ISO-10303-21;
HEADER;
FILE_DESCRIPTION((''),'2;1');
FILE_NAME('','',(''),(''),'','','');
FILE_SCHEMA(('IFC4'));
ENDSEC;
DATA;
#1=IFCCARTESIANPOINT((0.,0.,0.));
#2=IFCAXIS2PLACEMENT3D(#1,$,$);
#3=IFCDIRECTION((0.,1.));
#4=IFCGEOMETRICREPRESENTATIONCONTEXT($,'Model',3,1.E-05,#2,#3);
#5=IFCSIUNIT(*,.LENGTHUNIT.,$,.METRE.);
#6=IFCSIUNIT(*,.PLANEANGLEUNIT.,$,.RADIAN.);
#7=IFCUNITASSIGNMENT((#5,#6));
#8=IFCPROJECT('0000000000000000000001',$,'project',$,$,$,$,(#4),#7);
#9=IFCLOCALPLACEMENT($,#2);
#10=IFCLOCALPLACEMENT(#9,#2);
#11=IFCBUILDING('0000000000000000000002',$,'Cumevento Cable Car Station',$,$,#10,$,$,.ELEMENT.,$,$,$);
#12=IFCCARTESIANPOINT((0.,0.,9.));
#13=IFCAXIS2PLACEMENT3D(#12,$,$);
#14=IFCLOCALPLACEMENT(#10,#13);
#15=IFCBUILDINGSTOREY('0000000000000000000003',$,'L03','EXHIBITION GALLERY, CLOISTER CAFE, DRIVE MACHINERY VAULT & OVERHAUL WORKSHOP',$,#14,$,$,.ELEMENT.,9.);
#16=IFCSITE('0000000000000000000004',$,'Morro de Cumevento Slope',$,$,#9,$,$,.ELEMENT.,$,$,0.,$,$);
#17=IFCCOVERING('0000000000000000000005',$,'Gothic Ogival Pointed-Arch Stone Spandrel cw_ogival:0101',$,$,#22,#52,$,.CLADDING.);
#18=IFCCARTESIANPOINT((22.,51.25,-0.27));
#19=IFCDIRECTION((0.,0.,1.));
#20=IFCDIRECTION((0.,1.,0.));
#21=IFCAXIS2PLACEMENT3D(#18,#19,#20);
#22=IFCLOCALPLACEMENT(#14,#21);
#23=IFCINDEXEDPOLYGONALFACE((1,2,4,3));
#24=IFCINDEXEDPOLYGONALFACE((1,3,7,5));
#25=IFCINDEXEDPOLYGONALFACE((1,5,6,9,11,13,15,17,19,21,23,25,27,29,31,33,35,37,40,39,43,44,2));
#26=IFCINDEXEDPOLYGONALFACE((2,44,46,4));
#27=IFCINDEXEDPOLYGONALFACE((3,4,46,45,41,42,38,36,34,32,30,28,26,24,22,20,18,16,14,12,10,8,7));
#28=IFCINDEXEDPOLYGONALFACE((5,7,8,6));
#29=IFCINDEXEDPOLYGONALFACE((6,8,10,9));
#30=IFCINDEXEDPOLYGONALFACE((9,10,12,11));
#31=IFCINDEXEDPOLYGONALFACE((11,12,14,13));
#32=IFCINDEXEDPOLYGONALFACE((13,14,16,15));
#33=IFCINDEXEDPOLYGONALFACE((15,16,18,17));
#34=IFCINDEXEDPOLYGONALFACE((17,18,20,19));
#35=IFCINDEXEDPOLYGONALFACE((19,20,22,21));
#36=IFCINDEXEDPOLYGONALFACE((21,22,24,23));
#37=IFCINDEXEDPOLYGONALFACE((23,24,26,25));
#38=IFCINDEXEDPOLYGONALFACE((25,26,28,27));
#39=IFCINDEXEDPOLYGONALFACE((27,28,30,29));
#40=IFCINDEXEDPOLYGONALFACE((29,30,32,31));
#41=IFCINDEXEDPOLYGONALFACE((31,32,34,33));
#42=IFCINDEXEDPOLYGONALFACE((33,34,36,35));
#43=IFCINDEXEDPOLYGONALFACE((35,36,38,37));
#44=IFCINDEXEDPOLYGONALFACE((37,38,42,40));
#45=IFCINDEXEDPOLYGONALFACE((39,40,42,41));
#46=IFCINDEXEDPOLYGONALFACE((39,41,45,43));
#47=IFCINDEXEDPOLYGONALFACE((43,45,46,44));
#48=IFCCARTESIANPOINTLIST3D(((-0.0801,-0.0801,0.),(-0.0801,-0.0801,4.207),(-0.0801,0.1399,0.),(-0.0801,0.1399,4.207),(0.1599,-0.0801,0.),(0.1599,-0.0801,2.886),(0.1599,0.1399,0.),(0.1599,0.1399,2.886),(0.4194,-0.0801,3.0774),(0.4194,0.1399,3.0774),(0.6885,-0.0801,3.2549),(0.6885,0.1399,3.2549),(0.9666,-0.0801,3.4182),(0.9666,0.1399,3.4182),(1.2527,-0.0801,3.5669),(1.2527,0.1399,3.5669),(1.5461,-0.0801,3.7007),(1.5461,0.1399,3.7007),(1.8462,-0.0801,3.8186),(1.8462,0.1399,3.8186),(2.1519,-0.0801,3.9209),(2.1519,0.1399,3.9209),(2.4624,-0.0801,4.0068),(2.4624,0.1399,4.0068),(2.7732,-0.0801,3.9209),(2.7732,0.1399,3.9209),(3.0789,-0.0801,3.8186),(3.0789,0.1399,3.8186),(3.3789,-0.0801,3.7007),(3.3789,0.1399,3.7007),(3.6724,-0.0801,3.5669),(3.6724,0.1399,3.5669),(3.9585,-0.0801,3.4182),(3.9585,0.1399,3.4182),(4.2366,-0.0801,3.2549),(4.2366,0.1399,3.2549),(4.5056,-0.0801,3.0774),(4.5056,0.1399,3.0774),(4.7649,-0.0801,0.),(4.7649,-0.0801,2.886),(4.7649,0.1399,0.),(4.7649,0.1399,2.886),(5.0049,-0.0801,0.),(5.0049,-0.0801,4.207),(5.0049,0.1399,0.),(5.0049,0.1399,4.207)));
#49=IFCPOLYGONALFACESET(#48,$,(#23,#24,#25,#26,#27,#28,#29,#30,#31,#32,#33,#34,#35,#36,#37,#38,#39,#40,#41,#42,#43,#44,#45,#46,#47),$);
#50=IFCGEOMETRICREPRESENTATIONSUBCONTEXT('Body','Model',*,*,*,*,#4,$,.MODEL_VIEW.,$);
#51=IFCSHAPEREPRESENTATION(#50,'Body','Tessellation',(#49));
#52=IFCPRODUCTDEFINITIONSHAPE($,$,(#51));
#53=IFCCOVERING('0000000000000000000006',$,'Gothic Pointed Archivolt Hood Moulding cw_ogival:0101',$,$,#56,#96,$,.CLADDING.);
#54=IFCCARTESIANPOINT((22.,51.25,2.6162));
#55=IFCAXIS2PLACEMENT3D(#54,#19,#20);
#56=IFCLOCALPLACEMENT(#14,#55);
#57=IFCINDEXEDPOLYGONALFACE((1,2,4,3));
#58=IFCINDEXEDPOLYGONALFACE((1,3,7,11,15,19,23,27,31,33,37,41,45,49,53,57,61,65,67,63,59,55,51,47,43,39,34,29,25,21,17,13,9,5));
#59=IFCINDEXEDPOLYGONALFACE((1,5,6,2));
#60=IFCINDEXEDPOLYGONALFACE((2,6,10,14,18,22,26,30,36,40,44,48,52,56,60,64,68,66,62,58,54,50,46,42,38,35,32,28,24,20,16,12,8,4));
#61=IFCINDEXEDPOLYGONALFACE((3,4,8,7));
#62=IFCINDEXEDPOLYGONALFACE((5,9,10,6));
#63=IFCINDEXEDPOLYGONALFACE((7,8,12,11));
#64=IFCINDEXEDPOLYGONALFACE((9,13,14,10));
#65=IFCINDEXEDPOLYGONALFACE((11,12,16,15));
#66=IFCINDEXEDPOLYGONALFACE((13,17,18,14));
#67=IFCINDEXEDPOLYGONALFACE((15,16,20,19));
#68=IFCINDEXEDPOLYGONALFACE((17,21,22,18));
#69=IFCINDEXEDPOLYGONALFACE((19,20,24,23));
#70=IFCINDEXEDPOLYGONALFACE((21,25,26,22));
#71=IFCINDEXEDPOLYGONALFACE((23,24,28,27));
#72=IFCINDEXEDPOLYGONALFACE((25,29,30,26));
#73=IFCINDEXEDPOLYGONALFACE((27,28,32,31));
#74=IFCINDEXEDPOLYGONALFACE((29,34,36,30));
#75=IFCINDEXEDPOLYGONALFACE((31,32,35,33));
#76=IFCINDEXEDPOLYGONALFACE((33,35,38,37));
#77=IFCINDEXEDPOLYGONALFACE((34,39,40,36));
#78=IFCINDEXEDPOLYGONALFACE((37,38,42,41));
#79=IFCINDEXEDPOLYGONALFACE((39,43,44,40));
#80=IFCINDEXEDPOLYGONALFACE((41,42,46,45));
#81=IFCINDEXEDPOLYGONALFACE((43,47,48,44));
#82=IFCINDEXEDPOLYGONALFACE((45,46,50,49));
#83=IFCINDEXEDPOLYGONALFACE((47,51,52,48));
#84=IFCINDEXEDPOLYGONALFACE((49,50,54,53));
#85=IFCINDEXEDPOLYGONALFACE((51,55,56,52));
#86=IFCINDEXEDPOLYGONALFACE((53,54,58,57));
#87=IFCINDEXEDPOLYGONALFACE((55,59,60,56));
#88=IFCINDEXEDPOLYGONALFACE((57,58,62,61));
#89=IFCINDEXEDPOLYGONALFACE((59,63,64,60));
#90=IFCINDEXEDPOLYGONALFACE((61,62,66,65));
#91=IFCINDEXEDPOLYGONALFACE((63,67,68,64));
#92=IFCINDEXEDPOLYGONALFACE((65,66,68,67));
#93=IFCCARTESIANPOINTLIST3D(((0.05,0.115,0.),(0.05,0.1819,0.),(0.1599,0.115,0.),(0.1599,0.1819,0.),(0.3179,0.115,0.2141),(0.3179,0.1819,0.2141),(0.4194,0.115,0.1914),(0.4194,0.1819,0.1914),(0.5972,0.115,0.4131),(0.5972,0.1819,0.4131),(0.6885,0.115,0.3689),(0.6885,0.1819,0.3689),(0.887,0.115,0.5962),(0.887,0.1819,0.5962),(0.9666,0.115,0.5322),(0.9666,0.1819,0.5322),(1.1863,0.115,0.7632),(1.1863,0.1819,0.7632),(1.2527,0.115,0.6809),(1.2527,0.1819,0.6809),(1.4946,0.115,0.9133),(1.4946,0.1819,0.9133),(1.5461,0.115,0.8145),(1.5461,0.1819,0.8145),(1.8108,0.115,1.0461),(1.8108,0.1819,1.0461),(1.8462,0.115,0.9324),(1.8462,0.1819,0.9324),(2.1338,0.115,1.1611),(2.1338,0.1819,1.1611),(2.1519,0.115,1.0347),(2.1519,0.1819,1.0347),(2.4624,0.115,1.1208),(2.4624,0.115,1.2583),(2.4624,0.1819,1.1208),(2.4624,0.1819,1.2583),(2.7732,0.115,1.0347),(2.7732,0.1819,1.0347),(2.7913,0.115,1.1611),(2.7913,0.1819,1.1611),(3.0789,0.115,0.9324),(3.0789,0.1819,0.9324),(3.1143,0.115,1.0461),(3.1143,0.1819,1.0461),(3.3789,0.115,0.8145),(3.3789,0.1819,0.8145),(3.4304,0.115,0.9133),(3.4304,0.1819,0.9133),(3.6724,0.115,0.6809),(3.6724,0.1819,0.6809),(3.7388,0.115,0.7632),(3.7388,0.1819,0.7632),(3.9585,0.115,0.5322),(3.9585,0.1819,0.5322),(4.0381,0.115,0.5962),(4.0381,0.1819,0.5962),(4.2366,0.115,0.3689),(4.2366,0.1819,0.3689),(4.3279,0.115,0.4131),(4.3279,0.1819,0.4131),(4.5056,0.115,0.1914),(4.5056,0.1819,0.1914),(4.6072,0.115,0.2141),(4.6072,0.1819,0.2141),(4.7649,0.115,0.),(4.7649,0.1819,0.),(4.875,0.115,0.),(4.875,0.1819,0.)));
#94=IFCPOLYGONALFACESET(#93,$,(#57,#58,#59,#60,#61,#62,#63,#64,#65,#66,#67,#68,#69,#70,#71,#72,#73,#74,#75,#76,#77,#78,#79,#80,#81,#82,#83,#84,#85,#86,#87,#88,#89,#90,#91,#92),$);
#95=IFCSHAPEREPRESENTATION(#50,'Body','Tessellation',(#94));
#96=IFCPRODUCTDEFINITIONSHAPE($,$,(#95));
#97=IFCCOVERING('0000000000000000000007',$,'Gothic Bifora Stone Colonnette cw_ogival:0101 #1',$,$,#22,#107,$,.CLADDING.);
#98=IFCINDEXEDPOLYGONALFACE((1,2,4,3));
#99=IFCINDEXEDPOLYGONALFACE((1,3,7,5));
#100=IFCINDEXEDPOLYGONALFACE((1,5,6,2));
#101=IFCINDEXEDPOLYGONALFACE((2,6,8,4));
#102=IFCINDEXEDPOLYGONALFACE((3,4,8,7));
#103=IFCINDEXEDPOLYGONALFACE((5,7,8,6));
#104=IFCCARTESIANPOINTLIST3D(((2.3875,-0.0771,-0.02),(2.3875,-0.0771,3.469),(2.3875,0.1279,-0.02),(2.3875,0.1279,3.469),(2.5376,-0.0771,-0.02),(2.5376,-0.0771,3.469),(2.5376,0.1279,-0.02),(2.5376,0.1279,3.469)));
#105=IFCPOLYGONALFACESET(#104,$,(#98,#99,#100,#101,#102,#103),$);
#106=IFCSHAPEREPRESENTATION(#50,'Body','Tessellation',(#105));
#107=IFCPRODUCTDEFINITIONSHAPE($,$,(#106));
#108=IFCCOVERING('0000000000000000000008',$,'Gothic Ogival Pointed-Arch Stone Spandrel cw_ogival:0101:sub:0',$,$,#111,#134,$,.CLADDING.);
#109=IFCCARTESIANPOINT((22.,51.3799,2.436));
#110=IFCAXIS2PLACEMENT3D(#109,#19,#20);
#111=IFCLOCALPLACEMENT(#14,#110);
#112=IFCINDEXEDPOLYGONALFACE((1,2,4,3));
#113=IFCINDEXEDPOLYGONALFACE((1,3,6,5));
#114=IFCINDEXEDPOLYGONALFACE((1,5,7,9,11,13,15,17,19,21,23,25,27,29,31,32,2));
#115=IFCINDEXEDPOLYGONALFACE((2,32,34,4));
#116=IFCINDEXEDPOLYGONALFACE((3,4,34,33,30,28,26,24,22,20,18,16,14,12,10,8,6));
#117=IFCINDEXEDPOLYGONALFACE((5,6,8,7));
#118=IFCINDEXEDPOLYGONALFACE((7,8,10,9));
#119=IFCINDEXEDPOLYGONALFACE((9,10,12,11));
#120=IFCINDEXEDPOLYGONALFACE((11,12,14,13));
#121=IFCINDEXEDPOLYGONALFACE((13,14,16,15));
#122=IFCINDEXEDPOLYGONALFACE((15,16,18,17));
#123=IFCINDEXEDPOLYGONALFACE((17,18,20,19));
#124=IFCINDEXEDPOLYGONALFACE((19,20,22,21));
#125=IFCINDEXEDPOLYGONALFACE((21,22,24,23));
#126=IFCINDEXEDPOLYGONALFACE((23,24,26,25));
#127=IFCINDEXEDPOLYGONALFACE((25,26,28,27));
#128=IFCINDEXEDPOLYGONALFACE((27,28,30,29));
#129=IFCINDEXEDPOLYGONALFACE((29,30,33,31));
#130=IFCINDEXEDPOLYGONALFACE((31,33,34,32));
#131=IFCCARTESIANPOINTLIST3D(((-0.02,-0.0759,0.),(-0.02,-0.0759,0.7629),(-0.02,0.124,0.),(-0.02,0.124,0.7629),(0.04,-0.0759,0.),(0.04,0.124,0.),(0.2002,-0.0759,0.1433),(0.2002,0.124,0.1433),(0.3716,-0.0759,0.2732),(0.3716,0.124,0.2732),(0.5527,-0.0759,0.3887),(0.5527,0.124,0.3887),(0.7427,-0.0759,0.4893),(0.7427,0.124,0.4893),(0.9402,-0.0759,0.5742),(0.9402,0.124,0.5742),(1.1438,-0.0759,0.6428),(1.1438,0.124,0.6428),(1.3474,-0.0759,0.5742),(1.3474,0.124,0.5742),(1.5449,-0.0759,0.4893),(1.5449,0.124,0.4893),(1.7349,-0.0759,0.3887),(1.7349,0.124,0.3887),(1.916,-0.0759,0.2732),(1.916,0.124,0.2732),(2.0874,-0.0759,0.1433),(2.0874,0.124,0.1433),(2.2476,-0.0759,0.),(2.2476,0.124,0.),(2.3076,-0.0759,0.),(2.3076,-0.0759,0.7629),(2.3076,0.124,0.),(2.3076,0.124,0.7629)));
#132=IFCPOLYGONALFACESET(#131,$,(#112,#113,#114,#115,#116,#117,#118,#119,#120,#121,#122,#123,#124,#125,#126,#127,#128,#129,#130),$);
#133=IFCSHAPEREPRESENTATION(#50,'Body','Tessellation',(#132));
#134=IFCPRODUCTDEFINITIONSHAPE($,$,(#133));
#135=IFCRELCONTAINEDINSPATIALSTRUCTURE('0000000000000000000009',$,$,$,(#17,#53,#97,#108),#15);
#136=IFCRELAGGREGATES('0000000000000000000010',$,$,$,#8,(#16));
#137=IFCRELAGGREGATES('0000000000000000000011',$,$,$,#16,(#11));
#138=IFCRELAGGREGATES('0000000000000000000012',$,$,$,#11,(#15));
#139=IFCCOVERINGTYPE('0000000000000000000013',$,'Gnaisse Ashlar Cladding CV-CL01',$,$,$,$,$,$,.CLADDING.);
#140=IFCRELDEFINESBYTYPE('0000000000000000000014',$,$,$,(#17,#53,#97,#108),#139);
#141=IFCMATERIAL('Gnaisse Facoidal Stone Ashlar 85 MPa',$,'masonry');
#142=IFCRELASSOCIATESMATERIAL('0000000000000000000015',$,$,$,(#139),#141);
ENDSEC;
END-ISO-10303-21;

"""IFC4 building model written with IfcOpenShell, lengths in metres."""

from ifc_helpers import new_model, si_unit, direction, frame, origin, place, context, subcontext, project, spatial, polyline, outline, extrude, material, type_object, element, save


model = new_model("IFC4")

# Units and contexts
model_context = context("Model", 3, precision=1e-05, world=origin(), true_north=direction((0.0, 1.0)))
body_context = subcontext(model_context, "Body", "Model", "MODEL_VIEW")
ifc_project = project(units=[si_unit("LENGTHUNIT", "METRE"), si_unit("PLANEANGLEUNIT", "RADIAN")], contexts=[model_context])

# Site, building, storey
site_placement = place(None, origin())
site = spatial("IfcSite", under=ifc_project, at=site_placement, Name="Morro de Cumevento Slope", CompositionType="ELEMENT", RefElevation=0.0)
building_placement = place(site_placement, origin())
building = spatial("IfcBuilding", under=site, at=building_placement, Name="Cumevento Cable Car Station", CompositionType="ELEMENT")
storey_placement = place(building_placement, frame((0.0, 0.0, 9.0)))
storey = spatial("IfcBuildingStorey", under=building, at=storey_placement, Name="L03", Description="EXHIBITION GALLERY, CLOISTER CAFE, DRIVE MACHINERY VAULT & OVERHAUL WORKSHOP", CompositionType="ELEMENT", Elevation=9.0)

# Coverings
ifc_material_1 = material(Name="Gnaisse Facoidal Stone Ashlar 85 MPa", Category="masonry")
covering_type = type_object("IfcCoveringType", Name="Gnaisse Ashlar Cladding CV-CL01", PredefinedType="CLADDING", material=ifc_material_1)
placement = place(storey_placement, frame((22.0, 51.25, -0.27), z_axis=(0.0, 0.0, 1.0), x_axis=(0.0, 1.0, 0.0)))
element("IfcCovering", 1, at=placement, inside=storey, type_object=covering_type, Name="Gothic Ogival Pointed-Arch Stone Spandrel cw_ogival:0101", PredefinedType="CLADDING", context=body_context, shape_type="SweptSolid", body=[
    extrude(outline(polyline([(-0.0801, 0.0), (-0.0801, 4.207), (5.0049, 4.207), (5.0049, 0.0), (4.7649, 0.0), (4.7649, 2.886), (4.5056, 3.0774), (4.2366, 3.2549), (3.9585, 3.4182), (3.6724, 3.5669), (3.3789, 3.7007), (3.0789, 3.8186), (2.7732, 3.9209), (2.4624, 4.0068), (2.1519, 3.9209), (1.8462, 3.8186), (1.5461, 3.7007), (1.2527, 3.5669), (0.9666, 3.4182), (0.6885, 3.2549), (0.4194, 3.0774), (0.1599, 2.886), (0.1599, 0.0), (-0.0801, 0.0)])), frame((0.0, 0.1399, 0.0), z_axis=(0.0, -1.0, 0.0), x_axis=(1.0, 0.0, 0.0)), (0.0, 0.0, 1.0), 0.22),
])
covering_1_placement = place(storey_placement, frame((22.0, 51.25, 2.6162), z_axis=(0.0, 0.0, 1.0), x_axis=(0.0, 1.0, 0.0)))
element("IfcCovering", 2, at=covering_1_placement, inside=storey, type_object=covering_type, Name="Gothic Pointed Archivolt Hood Moulding cw_ogival:0101", PredefinedType="CLADDING", context=body_context, shape_type="SweptSolid", body=[
    extrude(outline(polyline([(0.1599, 0.0), (0.4194, 0.1914), (0.6885, 0.3689), (0.9666, 0.5322), (1.2527, 0.6809), (1.5461, 0.8145), (1.8462, 0.9324), (2.1519, 1.0347), (2.4624, 1.1208), (2.7732, 1.0347), (3.0789, 0.9324), (3.3789, 0.8145), (3.6724, 0.6809), (3.9585, 0.5322), (4.2366, 0.3689), (4.5056, 0.1914), (4.7649, 0.0), (4.875, 0.0), (4.6072, 0.2141), (4.3279, 0.4131), (4.0381, 0.5962), (3.7388, 0.7632), (3.4304, 0.9133), (3.1143, 1.0461), (2.7913, 1.1611), (2.4624, 1.2583), (2.1338, 1.1611), (1.8108, 1.0461), (1.4946, 0.9133), (1.1863, 0.7632), (0.887, 0.5962), (0.5972, 0.4131), (0.3179, 0.2141), (0.05, 0.0), (0.1599, 0.0)])), frame((0.0, 0.1819, 0.0), z_axis=(0.0, -1.0, 0.0), x_axis=(1.0, 0.0, 0.0)), (0.0, 0.0, 1.0), 0.0669),
])
element("IfcCovering", 3, at=placement, inside=storey, type_object=covering_type, Name="Gothic Bifora Stone Colonnette cw_ogival:0101 #1", PredefinedType="CLADDING", context=body_context, shape_type="SweptSolid", body=[
    extrude(outline(polyline([(2.3875, -0.02), (2.5376, -0.02), (2.5376, 3.469), (2.3875, 3.469), (2.3875, -0.02)])), frame((0.0, 0.1279, 0.0), z_axis=(0.0, -1.0, 0.0), x_axis=(1.0, 0.0, 0.0)), (0.0, 0.0, 1.0), 0.2051),
])
covering_2_placement = place(storey_placement, frame((22.0, 51.3799, 2.436), z_axis=(0.0, 0.0, 1.0), x_axis=(0.0, 1.0, 0.0)))
element("IfcCovering", 4, at=covering_2_placement, inside=storey, type_object=covering_type, Name="Gothic Ogival Pointed-Arch Stone Spandrel cw_ogival:0101:sub:0", PredefinedType="CLADDING", context=body_context, shape_type="SweptSolid", body=[
    extrude(outline(polyline([(-0.02, 0.0), (-0.02, 0.7629), (2.3076, 0.7629), (2.3076, 0.0), (2.2476, 0.0), (2.0874, 0.1433), (1.916, 0.2732), (1.7349, 0.3887), (1.5449, 0.4893), (1.3474, 0.5742), (1.1438, 0.6428), (0.9402, 0.5742), (0.7427, 0.4893), (0.5527, 0.3887), (0.3716, 0.2732), (0.2002, 0.1433), (0.04, 0.0), (-0.02, 0.0)])), frame((0.0, 0.124, 0.0), z_axis=(0.0, -1.0, 0.0), x_axis=(1.0, 0.0, 0.0)), (0.0, 0.0, 1.0), 0.2),
])

save(model, "model.ifc")
